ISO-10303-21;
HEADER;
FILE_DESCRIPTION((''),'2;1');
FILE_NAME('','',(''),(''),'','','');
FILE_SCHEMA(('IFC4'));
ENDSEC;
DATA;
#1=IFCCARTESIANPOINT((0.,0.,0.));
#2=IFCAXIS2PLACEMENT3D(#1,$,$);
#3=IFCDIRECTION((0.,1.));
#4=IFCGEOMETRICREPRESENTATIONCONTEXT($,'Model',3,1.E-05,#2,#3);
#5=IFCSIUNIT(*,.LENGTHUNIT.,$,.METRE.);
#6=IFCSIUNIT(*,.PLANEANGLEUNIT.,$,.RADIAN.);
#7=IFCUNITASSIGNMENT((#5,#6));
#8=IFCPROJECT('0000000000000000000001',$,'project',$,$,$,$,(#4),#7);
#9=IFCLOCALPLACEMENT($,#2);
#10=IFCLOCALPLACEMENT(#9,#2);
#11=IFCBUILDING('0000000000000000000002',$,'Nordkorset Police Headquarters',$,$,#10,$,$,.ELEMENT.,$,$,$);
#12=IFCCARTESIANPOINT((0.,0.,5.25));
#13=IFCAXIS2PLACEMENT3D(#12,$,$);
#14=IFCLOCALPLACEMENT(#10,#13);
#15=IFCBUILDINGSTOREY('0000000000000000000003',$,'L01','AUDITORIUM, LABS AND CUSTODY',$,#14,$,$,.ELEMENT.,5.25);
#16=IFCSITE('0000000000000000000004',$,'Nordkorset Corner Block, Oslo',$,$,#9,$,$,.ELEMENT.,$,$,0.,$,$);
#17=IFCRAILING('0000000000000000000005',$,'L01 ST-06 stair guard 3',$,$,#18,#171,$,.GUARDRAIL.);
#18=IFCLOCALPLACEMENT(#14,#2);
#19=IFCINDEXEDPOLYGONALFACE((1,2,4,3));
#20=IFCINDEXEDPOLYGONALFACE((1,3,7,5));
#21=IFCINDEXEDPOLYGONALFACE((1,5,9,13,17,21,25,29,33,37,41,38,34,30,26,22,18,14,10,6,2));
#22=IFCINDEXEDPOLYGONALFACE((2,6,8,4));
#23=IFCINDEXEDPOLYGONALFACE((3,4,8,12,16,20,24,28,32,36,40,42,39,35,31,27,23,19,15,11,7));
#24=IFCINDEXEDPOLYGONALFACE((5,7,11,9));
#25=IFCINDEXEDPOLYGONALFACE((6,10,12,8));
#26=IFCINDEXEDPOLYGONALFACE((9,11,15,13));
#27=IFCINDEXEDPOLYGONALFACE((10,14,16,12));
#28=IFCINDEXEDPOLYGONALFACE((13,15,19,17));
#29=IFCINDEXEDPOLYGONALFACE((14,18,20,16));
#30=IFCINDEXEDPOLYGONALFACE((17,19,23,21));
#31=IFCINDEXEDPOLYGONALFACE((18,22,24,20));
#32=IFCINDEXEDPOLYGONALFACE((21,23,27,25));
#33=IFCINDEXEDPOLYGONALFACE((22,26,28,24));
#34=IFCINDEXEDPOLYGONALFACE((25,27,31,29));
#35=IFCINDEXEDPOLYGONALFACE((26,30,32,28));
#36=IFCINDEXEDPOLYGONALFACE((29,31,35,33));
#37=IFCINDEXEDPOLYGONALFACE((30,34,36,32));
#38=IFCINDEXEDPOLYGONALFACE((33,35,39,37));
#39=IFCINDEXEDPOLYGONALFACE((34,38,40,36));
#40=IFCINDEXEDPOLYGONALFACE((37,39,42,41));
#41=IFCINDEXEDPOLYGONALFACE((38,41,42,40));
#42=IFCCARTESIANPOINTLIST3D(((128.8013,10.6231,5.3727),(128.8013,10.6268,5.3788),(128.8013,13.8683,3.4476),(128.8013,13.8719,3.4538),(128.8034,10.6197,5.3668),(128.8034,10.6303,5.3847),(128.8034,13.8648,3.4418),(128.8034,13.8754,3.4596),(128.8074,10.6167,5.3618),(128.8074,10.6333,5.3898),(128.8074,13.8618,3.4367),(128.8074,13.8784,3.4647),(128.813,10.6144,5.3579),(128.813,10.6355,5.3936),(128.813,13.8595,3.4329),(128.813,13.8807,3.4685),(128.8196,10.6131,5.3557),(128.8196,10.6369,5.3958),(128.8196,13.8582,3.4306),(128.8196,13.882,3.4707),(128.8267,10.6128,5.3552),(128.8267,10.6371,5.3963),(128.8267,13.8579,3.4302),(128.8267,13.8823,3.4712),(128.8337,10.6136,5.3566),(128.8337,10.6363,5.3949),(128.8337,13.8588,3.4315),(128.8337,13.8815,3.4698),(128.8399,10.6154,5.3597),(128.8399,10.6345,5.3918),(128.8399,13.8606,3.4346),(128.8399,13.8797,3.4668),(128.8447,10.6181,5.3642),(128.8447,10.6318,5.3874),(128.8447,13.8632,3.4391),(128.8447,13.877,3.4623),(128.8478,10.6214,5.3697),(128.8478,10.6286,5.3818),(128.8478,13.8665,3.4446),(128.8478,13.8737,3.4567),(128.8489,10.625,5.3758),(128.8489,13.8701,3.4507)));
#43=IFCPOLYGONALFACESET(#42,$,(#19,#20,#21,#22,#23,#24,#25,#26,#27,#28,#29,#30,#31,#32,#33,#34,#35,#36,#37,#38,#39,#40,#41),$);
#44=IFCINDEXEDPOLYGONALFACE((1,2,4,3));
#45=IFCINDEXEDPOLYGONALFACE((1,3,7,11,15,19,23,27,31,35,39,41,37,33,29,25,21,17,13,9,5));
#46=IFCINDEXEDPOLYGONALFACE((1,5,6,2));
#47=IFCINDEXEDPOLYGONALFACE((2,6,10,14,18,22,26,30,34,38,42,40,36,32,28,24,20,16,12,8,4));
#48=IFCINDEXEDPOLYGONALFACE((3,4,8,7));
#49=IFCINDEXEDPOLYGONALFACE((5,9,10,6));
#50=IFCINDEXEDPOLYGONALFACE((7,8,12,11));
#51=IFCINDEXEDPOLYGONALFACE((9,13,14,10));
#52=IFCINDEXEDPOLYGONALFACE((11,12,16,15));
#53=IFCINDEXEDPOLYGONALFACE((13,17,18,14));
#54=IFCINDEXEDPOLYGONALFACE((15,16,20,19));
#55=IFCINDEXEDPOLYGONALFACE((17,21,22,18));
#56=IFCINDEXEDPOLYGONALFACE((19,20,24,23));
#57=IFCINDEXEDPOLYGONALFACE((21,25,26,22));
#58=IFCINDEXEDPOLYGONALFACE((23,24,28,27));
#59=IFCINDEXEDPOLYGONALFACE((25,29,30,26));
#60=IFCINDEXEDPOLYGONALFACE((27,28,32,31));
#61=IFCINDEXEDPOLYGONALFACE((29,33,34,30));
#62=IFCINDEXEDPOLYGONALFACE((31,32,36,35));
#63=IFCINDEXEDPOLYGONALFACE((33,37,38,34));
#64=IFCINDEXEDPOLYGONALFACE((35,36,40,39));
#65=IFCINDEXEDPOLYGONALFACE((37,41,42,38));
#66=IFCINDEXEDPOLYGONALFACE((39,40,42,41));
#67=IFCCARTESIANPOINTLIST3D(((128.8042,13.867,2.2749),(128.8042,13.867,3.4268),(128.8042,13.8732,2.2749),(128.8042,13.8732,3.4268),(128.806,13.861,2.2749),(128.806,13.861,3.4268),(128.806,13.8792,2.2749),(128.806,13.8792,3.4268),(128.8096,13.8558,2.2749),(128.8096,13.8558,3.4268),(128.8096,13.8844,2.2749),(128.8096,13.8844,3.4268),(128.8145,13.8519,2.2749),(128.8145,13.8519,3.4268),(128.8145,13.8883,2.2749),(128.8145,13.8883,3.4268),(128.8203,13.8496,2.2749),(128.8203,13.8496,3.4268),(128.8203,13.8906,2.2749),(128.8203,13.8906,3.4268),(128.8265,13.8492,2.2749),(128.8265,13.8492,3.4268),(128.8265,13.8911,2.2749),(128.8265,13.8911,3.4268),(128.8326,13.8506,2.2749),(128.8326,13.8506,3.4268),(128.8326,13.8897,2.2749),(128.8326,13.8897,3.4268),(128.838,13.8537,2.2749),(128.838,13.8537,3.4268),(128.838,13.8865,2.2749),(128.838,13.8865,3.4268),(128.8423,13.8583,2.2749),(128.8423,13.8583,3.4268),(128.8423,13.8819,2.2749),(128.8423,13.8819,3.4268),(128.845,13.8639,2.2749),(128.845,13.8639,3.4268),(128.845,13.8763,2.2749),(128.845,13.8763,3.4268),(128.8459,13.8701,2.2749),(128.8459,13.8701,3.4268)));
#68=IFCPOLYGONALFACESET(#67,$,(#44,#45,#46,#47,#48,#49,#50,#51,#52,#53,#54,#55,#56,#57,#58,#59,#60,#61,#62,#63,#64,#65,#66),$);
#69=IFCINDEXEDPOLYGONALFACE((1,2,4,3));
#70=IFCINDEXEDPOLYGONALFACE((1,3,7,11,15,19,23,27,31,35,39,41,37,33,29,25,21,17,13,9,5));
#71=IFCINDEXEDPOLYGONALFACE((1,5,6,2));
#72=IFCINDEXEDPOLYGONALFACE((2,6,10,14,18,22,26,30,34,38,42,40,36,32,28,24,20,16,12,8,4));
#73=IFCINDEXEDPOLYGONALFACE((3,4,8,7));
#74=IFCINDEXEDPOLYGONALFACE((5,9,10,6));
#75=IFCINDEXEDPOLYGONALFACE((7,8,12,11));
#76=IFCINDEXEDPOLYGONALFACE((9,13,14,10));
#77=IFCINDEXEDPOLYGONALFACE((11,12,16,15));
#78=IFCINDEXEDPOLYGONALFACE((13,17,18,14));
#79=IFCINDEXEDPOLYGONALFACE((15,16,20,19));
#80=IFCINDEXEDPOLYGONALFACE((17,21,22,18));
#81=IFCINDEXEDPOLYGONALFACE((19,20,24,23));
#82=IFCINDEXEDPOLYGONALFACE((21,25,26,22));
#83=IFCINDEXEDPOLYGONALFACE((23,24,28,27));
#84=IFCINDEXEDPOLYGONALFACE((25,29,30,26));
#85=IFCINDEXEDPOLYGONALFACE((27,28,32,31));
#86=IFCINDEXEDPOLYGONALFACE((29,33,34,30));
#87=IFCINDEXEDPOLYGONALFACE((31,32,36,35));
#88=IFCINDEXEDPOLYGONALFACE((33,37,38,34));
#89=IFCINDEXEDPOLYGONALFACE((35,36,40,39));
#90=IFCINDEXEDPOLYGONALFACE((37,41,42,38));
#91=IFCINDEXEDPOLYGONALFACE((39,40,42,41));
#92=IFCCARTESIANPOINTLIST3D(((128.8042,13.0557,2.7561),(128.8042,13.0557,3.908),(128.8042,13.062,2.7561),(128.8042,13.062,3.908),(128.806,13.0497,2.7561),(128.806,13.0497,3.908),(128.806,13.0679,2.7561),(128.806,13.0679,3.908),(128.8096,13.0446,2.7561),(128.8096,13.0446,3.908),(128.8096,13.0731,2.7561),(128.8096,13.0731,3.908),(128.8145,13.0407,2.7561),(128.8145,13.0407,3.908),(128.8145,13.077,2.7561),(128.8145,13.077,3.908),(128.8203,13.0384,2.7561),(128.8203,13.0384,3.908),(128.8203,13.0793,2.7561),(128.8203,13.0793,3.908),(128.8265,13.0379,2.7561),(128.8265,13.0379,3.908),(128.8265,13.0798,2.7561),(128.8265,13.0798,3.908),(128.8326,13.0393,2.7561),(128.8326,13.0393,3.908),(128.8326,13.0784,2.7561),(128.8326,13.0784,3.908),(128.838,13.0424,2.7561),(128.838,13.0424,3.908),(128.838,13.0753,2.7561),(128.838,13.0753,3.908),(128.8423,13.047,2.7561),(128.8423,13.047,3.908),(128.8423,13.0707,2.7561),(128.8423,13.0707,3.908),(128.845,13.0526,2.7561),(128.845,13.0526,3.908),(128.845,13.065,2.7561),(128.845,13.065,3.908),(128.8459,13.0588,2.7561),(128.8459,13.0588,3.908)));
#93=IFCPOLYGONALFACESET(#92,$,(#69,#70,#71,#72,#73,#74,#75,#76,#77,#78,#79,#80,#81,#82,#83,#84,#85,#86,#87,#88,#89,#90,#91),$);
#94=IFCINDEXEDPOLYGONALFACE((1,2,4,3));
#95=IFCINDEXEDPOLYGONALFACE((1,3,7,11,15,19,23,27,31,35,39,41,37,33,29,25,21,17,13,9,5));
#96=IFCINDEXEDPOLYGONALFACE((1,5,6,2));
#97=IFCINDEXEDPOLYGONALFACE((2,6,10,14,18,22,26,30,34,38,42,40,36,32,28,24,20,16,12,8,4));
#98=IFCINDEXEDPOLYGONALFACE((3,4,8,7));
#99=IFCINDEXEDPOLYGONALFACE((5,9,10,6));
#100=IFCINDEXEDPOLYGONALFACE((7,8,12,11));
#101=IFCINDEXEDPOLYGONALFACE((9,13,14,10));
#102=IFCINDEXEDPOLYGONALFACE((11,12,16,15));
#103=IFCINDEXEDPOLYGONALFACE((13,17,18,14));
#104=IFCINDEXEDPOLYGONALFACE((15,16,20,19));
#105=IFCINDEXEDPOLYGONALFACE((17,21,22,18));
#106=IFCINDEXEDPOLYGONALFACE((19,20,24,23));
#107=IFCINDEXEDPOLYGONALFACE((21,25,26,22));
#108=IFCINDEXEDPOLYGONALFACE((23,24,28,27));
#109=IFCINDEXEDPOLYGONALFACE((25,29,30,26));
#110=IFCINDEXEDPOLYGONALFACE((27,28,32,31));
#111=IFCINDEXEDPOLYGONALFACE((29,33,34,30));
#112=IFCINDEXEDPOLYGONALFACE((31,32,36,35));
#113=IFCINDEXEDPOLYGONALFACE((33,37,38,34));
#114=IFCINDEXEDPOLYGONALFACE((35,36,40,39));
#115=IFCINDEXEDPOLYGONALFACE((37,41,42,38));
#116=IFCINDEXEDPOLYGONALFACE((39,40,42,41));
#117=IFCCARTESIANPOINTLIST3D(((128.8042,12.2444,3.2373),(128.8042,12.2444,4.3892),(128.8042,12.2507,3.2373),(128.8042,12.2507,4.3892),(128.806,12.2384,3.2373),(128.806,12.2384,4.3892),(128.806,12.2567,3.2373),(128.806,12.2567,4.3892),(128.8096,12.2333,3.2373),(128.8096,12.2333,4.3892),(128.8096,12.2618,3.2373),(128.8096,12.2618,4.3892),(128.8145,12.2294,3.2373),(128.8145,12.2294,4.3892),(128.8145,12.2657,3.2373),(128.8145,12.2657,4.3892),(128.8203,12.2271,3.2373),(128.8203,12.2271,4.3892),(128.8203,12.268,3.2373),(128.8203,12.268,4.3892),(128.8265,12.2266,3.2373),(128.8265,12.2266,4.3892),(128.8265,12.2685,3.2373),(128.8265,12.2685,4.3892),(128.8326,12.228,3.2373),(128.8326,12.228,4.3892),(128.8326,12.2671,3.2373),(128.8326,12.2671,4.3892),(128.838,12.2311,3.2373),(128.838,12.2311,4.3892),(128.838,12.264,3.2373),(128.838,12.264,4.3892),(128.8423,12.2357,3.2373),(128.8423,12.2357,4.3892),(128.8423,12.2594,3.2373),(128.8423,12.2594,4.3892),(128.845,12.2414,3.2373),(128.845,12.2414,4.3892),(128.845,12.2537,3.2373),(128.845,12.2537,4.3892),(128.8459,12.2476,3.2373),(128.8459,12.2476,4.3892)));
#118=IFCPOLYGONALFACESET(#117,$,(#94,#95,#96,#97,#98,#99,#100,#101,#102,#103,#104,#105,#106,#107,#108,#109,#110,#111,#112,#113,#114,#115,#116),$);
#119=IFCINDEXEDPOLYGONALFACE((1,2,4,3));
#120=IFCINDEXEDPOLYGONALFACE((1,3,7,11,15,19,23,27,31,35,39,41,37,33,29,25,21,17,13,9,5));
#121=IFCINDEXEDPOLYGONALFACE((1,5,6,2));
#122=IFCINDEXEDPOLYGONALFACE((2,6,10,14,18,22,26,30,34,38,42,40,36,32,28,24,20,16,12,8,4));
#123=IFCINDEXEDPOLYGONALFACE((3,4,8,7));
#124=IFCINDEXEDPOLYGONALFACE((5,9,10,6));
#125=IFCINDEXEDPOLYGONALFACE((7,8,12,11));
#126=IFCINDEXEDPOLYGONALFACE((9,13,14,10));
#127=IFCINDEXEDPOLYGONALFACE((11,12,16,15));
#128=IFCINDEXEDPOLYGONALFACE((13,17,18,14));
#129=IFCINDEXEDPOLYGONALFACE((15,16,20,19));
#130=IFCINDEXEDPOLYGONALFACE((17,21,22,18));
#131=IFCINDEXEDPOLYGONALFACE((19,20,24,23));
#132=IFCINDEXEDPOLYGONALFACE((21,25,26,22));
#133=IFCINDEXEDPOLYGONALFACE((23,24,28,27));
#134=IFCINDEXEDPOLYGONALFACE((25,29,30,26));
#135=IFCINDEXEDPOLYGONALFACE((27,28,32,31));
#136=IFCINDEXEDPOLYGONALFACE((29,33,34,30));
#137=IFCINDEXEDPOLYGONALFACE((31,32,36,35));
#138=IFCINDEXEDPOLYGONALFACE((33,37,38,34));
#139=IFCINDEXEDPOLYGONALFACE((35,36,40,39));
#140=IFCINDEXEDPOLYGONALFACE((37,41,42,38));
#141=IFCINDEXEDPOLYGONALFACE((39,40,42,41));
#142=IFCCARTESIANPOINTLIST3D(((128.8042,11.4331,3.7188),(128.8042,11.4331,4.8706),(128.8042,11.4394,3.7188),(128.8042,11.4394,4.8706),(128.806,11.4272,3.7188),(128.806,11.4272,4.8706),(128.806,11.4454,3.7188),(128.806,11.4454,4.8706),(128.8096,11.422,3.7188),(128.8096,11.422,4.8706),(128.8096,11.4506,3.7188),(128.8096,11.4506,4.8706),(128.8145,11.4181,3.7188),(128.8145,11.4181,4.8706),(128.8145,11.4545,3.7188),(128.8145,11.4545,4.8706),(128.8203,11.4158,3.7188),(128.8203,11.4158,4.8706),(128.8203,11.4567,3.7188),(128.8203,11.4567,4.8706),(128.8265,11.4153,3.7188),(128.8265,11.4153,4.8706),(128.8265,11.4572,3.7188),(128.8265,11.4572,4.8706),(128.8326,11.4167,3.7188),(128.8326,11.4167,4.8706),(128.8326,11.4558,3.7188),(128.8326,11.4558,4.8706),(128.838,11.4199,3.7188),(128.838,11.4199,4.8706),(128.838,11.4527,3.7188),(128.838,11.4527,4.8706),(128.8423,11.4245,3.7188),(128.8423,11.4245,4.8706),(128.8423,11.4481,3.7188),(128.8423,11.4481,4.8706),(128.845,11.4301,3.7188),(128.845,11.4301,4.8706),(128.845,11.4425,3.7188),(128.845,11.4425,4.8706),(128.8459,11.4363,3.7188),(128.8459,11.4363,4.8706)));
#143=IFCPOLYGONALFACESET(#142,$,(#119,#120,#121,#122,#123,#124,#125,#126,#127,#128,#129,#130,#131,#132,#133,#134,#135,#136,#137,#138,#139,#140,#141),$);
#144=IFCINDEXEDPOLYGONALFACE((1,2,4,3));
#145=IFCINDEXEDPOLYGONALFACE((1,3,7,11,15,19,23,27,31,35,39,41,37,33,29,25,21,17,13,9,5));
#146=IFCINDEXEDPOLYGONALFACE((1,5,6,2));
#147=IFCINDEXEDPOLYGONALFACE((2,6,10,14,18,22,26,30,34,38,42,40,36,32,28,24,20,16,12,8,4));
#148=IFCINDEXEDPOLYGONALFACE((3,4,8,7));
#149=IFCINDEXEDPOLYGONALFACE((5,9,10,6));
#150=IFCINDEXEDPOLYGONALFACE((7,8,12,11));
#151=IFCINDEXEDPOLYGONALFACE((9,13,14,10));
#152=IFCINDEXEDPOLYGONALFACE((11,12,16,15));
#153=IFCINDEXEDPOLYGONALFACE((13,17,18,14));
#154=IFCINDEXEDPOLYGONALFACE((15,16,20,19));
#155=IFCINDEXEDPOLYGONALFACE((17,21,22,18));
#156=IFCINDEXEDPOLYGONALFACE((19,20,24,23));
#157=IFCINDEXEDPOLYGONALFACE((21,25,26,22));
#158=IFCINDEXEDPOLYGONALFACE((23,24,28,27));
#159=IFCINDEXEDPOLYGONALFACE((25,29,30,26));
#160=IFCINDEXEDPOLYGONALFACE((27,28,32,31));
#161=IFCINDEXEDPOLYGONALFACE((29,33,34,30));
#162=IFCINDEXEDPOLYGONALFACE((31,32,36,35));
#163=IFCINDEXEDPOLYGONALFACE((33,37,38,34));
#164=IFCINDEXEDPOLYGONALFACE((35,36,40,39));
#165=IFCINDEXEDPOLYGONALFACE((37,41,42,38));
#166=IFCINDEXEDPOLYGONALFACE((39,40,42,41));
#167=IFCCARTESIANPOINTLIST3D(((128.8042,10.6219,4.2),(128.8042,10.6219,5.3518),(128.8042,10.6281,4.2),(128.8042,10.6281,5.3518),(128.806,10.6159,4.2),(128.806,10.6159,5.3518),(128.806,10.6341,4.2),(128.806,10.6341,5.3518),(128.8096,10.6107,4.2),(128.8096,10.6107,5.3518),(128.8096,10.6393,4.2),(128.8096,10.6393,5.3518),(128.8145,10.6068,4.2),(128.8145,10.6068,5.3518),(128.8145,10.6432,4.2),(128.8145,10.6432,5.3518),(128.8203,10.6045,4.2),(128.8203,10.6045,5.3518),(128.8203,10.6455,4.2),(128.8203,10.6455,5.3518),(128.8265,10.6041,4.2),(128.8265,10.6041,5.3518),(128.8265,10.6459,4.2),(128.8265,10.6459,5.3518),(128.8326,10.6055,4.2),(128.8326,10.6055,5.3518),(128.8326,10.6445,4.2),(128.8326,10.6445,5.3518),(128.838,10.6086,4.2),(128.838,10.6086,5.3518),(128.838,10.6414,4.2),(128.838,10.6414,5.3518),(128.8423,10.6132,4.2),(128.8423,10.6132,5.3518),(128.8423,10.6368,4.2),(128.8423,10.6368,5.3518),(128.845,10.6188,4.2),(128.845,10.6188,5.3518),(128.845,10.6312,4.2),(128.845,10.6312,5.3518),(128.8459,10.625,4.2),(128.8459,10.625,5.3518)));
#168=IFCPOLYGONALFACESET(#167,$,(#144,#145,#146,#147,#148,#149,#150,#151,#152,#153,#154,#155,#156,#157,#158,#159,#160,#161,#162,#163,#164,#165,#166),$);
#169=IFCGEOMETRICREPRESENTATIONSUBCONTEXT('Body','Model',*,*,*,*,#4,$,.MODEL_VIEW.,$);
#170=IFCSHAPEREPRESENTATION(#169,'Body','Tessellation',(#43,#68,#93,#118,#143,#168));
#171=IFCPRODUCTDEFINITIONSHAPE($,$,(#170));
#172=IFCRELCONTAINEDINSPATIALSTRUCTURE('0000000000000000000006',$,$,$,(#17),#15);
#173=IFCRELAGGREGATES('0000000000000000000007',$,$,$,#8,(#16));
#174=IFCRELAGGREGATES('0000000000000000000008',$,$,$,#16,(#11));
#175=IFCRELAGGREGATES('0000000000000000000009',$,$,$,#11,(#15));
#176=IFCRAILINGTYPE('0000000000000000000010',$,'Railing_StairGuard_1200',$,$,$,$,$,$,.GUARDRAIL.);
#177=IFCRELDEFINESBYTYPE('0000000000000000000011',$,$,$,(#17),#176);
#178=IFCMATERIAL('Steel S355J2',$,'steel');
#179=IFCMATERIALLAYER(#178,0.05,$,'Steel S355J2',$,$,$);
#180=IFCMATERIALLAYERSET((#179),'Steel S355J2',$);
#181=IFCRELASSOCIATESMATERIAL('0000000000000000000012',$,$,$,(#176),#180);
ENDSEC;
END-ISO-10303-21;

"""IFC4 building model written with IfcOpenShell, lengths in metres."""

from ifc_helpers import new_model, si_unit, direction, frame, origin, origin_2d, place, context, subcontext, project, spatial, circle, extrude, material, layer, layer_set, type_object, element, save


model = new_model("IFC4")

# Units and contexts
model_context = context("Model", 3, precision=1e-05, world=origin(), true_north=direction((0.0, 1.0)))
body_context = subcontext(model_context, "Body", "Model", "MODEL_VIEW")
ifc_project = project(units=[si_unit("LENGTHUNIT", "METRE"), si_unit("PLANEANGLEUNIT", "RADIAN")], contexts=[model_context])

# Site, building, storey
site_placement = place(None, origin())
site = spatial("IfcSite", under=ifc_project, at=site_placement, Name="Nordkorset Corner Block, Oslo", CompositionType="ELEMENT", RefElevation=0.0)
building_placement = place(site_placement, origin())
building = spatial("IfcBuilding", under=site, at=building_placement, Name="Nordkorset Police Headquarters", CompositionType="ELEMENT")
storey_placement = place(building_placement, frame((0.0, 0.0, 5.25)))
storey = spatial("IfcBuildingStorey", under=building, at=storey_placement, Name="L01", Description="AUDITORIUM, LABS AND CUSTODY", CompositionType="ELEMENT", Elevation=5.25)

# Railing
ifc_material_1 = material(Name="Steel S355J2", Category="steel")
ifc_layer_1 = layer(ifc_material_1, 0.05, Name="Steel S355J2")
ifc_layer_set_1 = layer_set([ifc_layer_1], Name="Steel S355J2")
railing_type = type_object("IfcRailingType", Name="Railing_StairGuard_1200", PredefinedType="GUARDRAIL", material=ifc_layer_set_1)
railing_placement = place(storey_placement, frame((128.825, 13.8701, 2.2749)))
element("IfcRailing", 1, at=railing_placement, inside=storey, type_object=railing_type, Name="L01 ST-06 stair guard 3", PredefinedType="GUARDRAIL", context=body_context, shape_type="SweptSolid", body=[
    extrude(circle(Radius=0.0239, at=origin_2d()), frame((0.0, 0.0, 1.1758), z_axis=(0.0, -0.860057, 0.510198), x_axis=(1.0, 0.0, 0.0)), (0.0, 0.0, 1.0), 3.7732),
    extrude(circle(Radius=0.021, at=origin_2d()), origin(), (0.0, 0.0, 1.0), 1.1519),
    extrude(circle(Radius=0.021, at=origin_2d()), frame((0.0, -0.8113, 0.4812)), (0.0, 0.0, 1.0), 1.1519),
    extrude(circle(Radius=0.021, at=origin_2d()), frame((0.0, -1.6226, 0.9624)), (0.0, 0.0, 1.0), 1.1519),
    extrude(circle(Radius=0.021, at=origin_2d()), frame((0.0, -2.4338, 1.4438)), (0.0, 0.0, 1.0), 1.1519),
    extrude(circle(Radius=0.021, at=origin_2d()), frame((0.0, -3.2451, 1.925)), (0.0, 0.0, 1.0), 1.1519),
])

save(model, "model.ifc")
